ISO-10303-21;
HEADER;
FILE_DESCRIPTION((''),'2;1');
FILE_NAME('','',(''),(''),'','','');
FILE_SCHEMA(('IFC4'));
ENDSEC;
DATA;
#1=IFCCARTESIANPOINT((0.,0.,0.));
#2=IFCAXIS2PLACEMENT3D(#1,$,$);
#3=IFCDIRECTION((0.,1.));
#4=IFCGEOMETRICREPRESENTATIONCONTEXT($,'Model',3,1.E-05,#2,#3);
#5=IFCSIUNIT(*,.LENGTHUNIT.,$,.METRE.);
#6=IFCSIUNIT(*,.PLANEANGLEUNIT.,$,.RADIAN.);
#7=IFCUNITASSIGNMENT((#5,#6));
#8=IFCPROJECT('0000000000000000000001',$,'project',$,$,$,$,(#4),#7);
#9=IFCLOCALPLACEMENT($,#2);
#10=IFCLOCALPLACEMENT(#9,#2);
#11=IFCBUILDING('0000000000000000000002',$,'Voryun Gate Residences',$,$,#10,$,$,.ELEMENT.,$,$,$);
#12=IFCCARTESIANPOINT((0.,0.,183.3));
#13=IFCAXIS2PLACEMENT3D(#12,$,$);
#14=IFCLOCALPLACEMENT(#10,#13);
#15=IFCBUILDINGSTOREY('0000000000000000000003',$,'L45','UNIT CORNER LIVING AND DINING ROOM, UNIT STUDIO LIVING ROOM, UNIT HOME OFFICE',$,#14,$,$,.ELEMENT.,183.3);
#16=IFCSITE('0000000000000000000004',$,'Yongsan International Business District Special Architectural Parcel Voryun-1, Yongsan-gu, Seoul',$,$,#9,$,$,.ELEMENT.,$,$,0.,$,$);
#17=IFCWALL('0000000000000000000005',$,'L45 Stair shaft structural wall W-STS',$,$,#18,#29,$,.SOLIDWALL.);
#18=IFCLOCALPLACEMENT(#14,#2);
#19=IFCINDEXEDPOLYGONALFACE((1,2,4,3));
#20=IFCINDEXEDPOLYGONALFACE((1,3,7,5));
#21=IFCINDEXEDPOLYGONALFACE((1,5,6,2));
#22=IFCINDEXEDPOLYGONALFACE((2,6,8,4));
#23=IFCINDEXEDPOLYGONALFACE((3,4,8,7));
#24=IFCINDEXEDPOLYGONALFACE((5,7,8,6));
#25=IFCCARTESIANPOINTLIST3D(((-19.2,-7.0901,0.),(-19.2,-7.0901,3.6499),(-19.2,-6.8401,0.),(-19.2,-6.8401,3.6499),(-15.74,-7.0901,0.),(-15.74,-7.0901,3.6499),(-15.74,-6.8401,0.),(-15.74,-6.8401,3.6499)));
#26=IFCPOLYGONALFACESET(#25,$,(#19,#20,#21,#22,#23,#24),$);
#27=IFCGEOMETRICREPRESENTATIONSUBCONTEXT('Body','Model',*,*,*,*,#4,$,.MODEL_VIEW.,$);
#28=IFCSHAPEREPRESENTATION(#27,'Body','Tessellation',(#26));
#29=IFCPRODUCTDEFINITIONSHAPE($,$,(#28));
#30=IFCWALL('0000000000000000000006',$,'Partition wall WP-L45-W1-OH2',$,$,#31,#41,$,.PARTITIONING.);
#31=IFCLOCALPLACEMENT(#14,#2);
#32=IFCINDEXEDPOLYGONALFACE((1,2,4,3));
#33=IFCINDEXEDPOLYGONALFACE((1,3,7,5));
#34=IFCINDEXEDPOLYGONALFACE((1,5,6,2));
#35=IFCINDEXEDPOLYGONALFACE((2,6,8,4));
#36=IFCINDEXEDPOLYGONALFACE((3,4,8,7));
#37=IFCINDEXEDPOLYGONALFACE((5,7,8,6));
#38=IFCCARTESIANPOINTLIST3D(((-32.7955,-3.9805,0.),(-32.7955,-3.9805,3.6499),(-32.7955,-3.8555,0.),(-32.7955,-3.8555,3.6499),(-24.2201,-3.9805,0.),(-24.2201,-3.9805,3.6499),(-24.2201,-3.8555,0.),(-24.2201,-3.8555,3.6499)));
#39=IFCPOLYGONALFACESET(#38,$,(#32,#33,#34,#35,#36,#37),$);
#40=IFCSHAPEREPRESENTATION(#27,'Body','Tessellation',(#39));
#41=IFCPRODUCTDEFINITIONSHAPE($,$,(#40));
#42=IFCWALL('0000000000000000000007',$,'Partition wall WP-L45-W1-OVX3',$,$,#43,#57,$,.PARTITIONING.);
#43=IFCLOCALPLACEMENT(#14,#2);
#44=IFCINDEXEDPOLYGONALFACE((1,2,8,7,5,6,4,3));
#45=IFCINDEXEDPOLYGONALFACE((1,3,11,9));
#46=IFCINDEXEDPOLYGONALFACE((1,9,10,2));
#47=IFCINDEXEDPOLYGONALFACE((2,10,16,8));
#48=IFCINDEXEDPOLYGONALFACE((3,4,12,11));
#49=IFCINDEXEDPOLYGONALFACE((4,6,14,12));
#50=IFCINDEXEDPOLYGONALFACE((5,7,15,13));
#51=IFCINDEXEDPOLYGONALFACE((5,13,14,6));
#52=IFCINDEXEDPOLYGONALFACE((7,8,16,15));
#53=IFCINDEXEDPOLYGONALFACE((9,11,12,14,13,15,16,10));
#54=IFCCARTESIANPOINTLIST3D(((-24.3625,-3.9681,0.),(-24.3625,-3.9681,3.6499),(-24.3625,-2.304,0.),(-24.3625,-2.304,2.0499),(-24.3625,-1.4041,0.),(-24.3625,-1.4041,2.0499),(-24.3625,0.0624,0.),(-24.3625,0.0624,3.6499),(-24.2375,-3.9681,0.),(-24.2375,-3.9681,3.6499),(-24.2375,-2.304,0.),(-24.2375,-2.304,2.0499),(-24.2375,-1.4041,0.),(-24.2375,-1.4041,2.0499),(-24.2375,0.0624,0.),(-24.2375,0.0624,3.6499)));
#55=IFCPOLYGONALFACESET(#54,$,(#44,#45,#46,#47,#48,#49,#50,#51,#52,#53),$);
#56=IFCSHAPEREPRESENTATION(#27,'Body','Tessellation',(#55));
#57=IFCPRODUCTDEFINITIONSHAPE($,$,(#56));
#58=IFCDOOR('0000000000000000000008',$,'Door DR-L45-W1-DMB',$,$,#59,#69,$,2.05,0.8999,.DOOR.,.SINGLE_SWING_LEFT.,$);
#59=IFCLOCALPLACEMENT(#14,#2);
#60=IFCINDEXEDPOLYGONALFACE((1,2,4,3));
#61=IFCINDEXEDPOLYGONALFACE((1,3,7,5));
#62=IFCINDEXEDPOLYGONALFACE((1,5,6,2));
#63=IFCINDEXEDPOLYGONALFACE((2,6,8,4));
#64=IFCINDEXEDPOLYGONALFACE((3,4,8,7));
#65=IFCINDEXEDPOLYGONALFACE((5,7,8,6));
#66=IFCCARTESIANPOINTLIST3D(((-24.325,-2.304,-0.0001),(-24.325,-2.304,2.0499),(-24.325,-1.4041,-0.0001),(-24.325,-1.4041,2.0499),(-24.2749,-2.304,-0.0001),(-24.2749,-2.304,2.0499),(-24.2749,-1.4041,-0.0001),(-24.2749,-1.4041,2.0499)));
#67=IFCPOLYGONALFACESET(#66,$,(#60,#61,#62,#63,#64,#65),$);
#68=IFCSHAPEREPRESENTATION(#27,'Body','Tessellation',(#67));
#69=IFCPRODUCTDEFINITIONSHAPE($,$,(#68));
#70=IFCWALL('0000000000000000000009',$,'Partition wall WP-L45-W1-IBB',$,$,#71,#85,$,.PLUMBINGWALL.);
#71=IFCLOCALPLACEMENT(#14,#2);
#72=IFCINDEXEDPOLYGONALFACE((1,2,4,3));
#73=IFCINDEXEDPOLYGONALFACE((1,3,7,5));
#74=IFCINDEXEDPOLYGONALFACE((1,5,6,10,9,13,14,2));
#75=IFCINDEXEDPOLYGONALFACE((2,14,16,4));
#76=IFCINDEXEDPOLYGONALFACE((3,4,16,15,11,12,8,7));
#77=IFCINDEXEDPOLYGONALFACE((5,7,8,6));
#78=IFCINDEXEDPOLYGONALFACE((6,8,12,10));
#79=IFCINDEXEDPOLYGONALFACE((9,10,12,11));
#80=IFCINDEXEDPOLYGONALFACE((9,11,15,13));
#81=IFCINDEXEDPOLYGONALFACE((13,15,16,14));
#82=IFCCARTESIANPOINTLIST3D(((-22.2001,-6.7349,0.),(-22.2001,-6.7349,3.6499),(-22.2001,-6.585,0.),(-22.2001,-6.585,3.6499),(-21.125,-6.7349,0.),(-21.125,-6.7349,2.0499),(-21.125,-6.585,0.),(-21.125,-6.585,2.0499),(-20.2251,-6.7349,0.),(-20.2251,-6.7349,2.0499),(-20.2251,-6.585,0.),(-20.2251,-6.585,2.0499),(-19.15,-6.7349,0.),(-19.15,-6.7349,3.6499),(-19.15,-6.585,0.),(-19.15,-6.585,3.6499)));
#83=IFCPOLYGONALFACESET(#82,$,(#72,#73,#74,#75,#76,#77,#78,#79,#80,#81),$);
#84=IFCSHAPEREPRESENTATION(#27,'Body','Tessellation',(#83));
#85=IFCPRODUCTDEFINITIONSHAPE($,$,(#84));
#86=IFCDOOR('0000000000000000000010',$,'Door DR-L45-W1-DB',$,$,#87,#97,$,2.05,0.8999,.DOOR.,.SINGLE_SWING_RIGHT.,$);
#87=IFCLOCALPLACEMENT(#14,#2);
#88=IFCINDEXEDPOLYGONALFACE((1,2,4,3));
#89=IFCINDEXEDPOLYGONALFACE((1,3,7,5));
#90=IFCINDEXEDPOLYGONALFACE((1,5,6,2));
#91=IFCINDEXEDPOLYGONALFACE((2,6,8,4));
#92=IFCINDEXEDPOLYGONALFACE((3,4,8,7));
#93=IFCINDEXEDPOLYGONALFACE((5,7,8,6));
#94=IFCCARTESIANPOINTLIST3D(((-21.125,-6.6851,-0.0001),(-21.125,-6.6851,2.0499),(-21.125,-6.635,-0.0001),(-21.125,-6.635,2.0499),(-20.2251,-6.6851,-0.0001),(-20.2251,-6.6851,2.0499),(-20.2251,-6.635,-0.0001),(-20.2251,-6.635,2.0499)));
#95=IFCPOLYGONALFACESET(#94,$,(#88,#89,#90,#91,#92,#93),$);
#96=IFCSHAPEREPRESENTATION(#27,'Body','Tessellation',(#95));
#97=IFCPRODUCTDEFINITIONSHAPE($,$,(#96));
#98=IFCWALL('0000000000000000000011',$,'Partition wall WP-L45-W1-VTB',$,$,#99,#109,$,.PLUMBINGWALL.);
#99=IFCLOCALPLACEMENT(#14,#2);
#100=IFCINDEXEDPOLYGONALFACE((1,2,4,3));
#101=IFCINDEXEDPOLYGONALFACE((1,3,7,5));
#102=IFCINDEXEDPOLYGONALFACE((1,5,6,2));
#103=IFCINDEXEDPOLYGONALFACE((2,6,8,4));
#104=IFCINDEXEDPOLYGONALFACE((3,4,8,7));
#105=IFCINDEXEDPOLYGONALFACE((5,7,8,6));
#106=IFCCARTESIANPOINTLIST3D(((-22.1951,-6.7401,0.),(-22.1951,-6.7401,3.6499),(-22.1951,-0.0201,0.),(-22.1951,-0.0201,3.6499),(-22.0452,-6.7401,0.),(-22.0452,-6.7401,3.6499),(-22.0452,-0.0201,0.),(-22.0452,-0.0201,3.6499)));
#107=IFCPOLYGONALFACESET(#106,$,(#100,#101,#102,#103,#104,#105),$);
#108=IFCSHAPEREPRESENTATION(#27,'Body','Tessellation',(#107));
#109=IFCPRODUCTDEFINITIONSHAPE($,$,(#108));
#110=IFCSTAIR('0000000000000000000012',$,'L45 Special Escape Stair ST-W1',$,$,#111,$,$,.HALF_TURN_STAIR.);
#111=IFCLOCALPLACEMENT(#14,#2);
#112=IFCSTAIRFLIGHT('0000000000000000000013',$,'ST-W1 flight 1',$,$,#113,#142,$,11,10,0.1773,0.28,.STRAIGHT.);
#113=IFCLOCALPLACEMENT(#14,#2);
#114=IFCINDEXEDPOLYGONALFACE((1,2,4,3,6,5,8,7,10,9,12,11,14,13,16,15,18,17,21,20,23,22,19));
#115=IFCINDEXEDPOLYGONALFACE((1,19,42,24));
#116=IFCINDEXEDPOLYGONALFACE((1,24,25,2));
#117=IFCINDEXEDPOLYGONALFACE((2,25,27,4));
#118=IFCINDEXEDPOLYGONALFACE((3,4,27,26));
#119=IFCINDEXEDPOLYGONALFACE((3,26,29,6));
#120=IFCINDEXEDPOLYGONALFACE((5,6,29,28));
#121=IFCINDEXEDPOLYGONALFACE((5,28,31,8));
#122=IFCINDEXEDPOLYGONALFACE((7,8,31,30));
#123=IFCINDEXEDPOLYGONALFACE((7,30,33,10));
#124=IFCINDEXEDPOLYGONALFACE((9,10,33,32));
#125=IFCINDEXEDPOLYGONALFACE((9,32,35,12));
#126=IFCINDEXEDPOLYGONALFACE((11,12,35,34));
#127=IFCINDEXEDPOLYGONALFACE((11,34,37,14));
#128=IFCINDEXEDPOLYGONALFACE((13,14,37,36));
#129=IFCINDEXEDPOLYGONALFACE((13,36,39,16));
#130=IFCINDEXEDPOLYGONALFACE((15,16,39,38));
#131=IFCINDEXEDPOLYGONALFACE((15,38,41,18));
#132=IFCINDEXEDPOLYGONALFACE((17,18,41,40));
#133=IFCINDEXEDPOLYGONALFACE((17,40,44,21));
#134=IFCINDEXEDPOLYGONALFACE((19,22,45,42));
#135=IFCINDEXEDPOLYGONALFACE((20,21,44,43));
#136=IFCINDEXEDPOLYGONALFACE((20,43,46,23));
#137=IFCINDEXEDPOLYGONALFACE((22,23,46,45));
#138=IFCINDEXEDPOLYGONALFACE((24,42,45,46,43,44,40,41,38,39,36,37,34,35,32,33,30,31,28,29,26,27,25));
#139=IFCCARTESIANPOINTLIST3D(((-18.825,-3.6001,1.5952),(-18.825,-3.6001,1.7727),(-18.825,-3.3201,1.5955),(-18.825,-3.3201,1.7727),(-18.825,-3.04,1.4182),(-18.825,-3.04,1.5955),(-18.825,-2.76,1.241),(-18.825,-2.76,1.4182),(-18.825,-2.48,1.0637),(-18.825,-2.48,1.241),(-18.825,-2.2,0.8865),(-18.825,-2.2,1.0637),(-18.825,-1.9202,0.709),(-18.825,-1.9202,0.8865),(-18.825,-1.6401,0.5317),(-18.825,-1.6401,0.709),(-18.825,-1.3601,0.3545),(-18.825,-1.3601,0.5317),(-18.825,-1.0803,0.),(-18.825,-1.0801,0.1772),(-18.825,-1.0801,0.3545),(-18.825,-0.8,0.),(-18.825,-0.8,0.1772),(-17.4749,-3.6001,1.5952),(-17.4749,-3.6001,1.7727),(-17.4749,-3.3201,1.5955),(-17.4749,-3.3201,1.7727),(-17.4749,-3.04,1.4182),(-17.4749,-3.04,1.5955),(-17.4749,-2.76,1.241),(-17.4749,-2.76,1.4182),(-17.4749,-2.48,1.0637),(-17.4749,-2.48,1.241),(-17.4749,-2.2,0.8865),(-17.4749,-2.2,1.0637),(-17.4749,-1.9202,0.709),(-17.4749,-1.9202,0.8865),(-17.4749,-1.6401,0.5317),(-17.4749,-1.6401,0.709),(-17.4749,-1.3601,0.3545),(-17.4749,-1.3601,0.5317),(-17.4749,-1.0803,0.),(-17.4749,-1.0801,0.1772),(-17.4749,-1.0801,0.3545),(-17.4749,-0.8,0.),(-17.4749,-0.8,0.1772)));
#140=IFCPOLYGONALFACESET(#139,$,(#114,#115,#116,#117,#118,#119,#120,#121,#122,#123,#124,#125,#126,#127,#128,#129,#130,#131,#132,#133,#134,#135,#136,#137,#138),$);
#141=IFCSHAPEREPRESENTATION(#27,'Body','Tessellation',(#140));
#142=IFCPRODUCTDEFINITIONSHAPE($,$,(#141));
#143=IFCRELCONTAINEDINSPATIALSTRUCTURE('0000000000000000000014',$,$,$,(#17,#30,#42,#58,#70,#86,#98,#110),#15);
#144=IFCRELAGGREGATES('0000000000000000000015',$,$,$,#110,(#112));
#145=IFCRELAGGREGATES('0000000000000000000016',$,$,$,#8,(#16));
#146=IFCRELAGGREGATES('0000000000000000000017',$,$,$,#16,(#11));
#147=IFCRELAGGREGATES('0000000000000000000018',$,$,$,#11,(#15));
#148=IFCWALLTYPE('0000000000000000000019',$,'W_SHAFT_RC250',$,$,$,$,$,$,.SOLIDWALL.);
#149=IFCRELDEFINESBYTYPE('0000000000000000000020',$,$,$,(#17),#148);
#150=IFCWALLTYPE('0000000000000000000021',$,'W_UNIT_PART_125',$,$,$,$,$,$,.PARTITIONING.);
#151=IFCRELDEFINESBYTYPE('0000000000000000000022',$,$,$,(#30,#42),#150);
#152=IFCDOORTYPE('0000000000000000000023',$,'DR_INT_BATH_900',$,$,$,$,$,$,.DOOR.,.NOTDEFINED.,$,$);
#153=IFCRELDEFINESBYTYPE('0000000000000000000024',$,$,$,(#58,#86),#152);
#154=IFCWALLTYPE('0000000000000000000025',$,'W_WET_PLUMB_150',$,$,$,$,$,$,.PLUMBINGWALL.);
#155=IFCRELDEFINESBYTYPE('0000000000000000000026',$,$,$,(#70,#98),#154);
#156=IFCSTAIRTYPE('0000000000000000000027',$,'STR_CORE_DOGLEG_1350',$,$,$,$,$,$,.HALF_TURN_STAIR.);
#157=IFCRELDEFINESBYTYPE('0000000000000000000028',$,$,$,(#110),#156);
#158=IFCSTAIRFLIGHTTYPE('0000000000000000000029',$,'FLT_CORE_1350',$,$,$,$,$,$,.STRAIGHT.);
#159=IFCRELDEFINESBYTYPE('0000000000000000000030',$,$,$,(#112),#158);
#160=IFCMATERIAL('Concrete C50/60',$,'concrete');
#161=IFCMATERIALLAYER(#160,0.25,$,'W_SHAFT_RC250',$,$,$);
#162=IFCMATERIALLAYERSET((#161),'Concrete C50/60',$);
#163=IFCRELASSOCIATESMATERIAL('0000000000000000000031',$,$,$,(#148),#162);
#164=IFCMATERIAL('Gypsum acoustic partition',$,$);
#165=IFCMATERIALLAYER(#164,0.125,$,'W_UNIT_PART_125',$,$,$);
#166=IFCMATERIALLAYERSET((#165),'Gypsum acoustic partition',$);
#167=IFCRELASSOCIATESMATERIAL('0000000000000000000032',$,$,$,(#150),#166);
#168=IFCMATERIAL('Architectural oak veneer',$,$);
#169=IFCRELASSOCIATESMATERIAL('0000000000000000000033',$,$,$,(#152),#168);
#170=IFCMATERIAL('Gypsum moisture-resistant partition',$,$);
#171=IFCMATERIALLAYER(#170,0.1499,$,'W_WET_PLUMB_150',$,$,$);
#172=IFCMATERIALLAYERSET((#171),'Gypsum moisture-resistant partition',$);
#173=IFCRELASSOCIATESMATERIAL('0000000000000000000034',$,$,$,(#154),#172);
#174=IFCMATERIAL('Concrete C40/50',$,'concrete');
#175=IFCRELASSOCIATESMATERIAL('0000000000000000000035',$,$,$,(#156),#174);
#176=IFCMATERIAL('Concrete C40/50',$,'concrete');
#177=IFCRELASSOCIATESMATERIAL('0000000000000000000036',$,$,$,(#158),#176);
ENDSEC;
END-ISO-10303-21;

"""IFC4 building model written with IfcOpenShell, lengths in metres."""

from ifc_helpers import new_model, si_unit, direction, frame, frame_2d, origin, place, context, subcontext, project, spatial, polyline, rectangle, outline, extrude, material, layer, layer_set, type_object, element, fill, aggregate, save


model = new_model("IFC4")

# Units and contexts
model_context = context("Model", 3, precision=1e-05, world=origin(), true_north=direction((0.0, 1.0)))
body_context = subcontext(model_context, "Body", "Model", "MODEL_VIEW")
ifc_project = project(units=[si_unit("LENGTHUNIT", "METRE"), si_unit("PLANEANGLEUNIT", "RADIAN")], contexts=[model_context])

# Site, building, storey
site_placement = place(None, origin())
site = spatial("IfcSite", under=ifc_project, at=site_placement, Name="Yongsan International Business District Special Architectural Parcel Voryun-1, Yongsan-gu, Seoul", CompositionType="ELEMENT", RefElevation=0.0)
building_placement = place(site_placement, origin())
building = spatial("IfcBuilding", under=site, at=building_placement, Name="Voryun Gate Residences", CompositionType="ELEMENT")
storey_placement = place(building_placement, frame((0.0, 0.0, 183.3)))
storey = spatial("IfcBuildingStorey", under=building, at=storey_placement, Name="L45", Description="UNIT CORNER LIVING AND DINING ROOM, UNIT STUDIO LIVING ROOM, UNIT HOME OFFICE", CompositionType="ELEMENT", Elevation=183.3)

# Walls
ifc_material_1 = material(Name="Concrete C50/60", Category="concrete")
ifc_layer_1 = layer(ifc_material_1, 0.25, Name="W_SHAFT_RC250")
ifc_layer_set_1 = layer_set([ifc_layer_1], Name="Concrete C50/60")
wall_type_1 = type_object("IfcWallType", Name="W_SHAFT_RC250", PredefinedType="SOLIDWALL", material=ifc_layer_set_1)
wall_1_placement = place(storey_placement, frame((-19.2, -6.9651, 0.0), z_axis=(0.0, 0.0, 1.0), x_axis=(1.0, 0.0, 0.0)))
element("IfcWall", 1, at=wall_1_placement, inside=storey, type_object=wall_type_1, Name="L45 Stair shaft structural wall W-STS", PredefinedType="SOLIDWALL", context=body_context, shape_type="SweptSolid", body=[
    extrude(rectangle(XDim=3.46, YDim=0.25, at=frame_2d((1.73, 0.0))), origin(), (0.0, 0.0, 1.0), 3.6499),
])
ifc_material_2 = material(Name="Gypsum acoustic partition")
ifc_layer_2 = layer(ifc_material_2, 0.125, Name="W_UNIT_PART_125")
ifc_layer_set_2 = layer_set([ifc_layer_2], Name="Gypsum acoustic partition")
wall_type_2 = type_object("IfcWallType", Name="W_UNIT_PART_125", PredefinedType="PARTITIONING", material=ifc_layer_set_2)
wall_2_placement = place(storey_placement, frame((-32.7954, -3.918, 0.0), z_axis=(0.0, 0.0, 1.0), x_axis=(1.0, 0.0, 0.0)))
element("IfcWall", 2, at=wall_2_placement, inside=storey, type_object=wall_type_2, Name="Partition wall WP-L45-W1-OH2", PredefinedType="PARTITIONING", context=body_context, shape_type="SweptSolid", body=[
    extrude(rectangle(XDim=8.5754, YDim=0.125, at=frame_2d((4.2876, 0.0))), origin(), (0.0, 0.0, 1.0), 3.6499),
])

# Walls, openings, doors
wall_3_placement = place(storey_placement, frame((-24.3, -3.968, 0.0), z_axis=(0.0, 0.0, 1.0), x_axis=(0.0, 1.0, 0.0)))
wall_3 = element("IfcWall", 3, at=wall_3_placement, inside=storey, type_object=wall_type_2, Name="Partition wall WP-L45-W1-OVX3", PredefinedType="PARTITIONING", context=body_context, shape_type="SweptSolid", body=[
    extrude(rectangle(XDim=4.0305, YDim=0.125, at=frame_2d((2.0151, 0.0))), origin(), (0.0, 0.0, 1.0), 3.6499),
])
opening_1_placement = place(wall_3_placement, frame((1.6641, 0.0, 0.0)))
opening_1 = element("IfcOpeningElement", 4, at=opening_1_placement, cuts=wall_3, PredefinedType="OPENING", context=body_context, shape_type="SweptSolid", body=[
    extrude(rectangle(XDim=0.8999, YDim=2.05, at=frame_2d((0.45, 1.0249))), frame((0.0, 0.0725, 0.0), z_axis=(0.0, -1.0, 0.0), x_axis=(1.0, 0.0, 0.0)), (0.0, 0.0, 1.0), 0.145),
])
ifc_material_3 = material(Name="Architectural oak veneer")
door_type = type_object("IfcDoorType", Name="DR_INT_BATH_900", OperationType="NOTDEFINED", PredefinedType="DOOR", material=ifc_material_3)
door_1_placement = place(opening_1_placement, origin())
door_1 = element("IfcDoor", 5, at=door_1_placement, inside=storey, type_object=door_type, Name="Door DR-L45-W1-DMB", OperationType="SINGLE_SWING_LEFT", OverallHeight=2.05, OverallWidth=0.8999, PredefinedType="DOOR", context=body_context, shape_type="SweptSolid", body=[
    extrude(rectangle(XDim=0.8999, YDim=2.05, at=frame_2d((0.45, 1.0249))), frame((0.0, 0.0249, 0.0), z_axis=(0.0, -1.0, 0.0), x_axis=(1.0, 0.0, 0.0)), (0.0, 0.0, 1.0), 0.05),
])
fill(opening_1, door_1)
ifc_material_4 = material(Name="Gypsum moisture-resistant partition")
ifc_layer_3 = layer(ifc_material_4, 0.1499, Name="W_WET_PLUMB_150")
ifc_layer_set_3 = layer_set([ifc_layer_3], Name="Gypsum moisture-resistant partition")
wall_type_3 = type_object("IfcWallType", Name="W_WET_PLUMB_150", PredefinedType="PLUMBINGWALL", material=ifc_layer_set_3)
wall_4_placement = place(storey_placement, frame((-22.2, -6.6599, 0.0), z_axis=(0.0, 0.0, 1.0), x_axis=(1.0, 0.0, 0.0)))
wall_4 = element("IfcWall", 6, at=wall_4_placement, inside=storey, type_object=wall_type_3, Name="Partition wall WP-L45-W1-IBB", PredefinedType="PLUMBINGWALL", context=body_context, shape_type="SweptSolid", body=[
    extrude(rectangle(XDim=3.05, YDim=0.1499, at=frame_2d((1.5249, 0.0))), origin(), (0.0, 0.0, 1.0), 3.6499),
])
opening_2_placement = place(wall_4_placement, frame((1.075, 0.0, 0.0)))
opening_2 = element("IfcOpeningElement", 7, at=opening_2_placement, cuts=wall_4, PredefinedType="OPENING", context=body_context, shape_type="SweptSolid", body=[
    extrude(rectangle(XDim=0.8999, YDim=2.05, at=frame_2d((0.45, 1.0249))), frame((0.0, 0.085, 0.0), z_axis=(0.0, -1.0, 0.0), x_axis=(1.0, 0.0, 0.0)), (0.0, 0.0, 1.0), 0.1699),
])
door_2_placement = place(opening_2_placement, origin())
door_2 = element("IfcDoor", 8, at=door_2_placement, inside=storey, type_object=door_type, Name="Door DR-L45-W1-DB", OperationType="SINGLE_SWING_RIGHT", OverallHeight=2.05, OverallWidth=0.8999, PredefinedType="DOOR", context=body_context, shape_type="SweptSolid", body=[
    extrude(rectangle(XDim=0.8999, YDim=2.05, at=frame_2d((0.45, 1.0249))), frame((0.0, 0.0249, 0.0), z_axis=(0.0, -1.0, 0.0), x_axis=(1.0, 0.0, 0.0)), (0.0, 0.0, 1.0), 0.05),
])
fill(opening_2, door_2)

# Wall
wall_5_placement = place(storey_placement, frame((-22.1201, -6.74, 0.0), z_axis=(0.0, 0.0, 1.0), x_axis=(0.0, 1.0, 0.0)))
element("IfcWall", 9, at=wall_5_placement, inside=storey, type_object=wall_type_3, Name="Partition wall WP-L45-W1-VTB", PredefinedType="PLUMBINGWALL", context=body_context, shape_type="SweptSolid", body=[
    extrude(rectangle(XDim=6.72, YDim=0.1499, at=frame_2d((3.3599, 0.0))), origin(), (0.0, 0.0, 1.0), 3.6499),
])

# Stair, stair flight
ifc_material_5 = material(Name="Concrete C40/50", Category="concrete")
stair_type = type_object("IfcStairType", Name="STR_CORE_DOGLEG_1350", PredefinedType="HALF_TURN_STAIR", material=ifc_material_5)
stair_placement = place(storey_placement, origin())
stair = element("IfcStair", 10, at=stair_placement, inside=storey, type_object=stair_type, Name="L45 Special Escape Stair ST-W1", PredefinedType="HALF_TURN_STAIR")
ifc_material_6 = material(Name="Concrete C40/50", Category="concrete")
stair_flight_type = type_object("IfcStairFlightType", Name="FLT_CORE_1350", PredefinedType="STRAIGHT", material=ifc_material_6)
stair_flight_placement = place(storey_placement, frame((-18.1499, -0.8, 0.0), z_axis=(0.0, 0.0, 1.0), x_axis=(0.0, -1.0, 0.0)))
stair_flight = element("IfcStairFlight", 11, at=stair_flight_placement, type_object=stair_flight_type, Name="ST-W1 flight 1", NumberOfRisers=11, NumberOfTreads=10, PredefinedType="STRAIGHT", RiserHeight=0.1773, TreadLength=0.28, context=body_context, shape_type="SweptSolid", body=[
    extrude(outline(polyline([(0.0, 0.0), (0.0, 0.1772), (0.28, 0.1772), (0.28, 0.3545), (0.5601, 0.3545), (0.5601, 0.5317), (0.8401, 0.5317), (0.8401, 0.709), (1.1201, 0.709), (1.1201, 0.8865), (1.3999, 0.8865), (1.3999, 1.0637), (1.6799, 1.0637), (1.6799, 1.241), (1.96, 1.241), (1.96, 1.4182), (2.24, 1.4182), (2.24, 1.5955), (2.52, 1.5955), (2.52, 1.7727), (2.8, 1.7727), (2.8, 1.95), (2.8, 1.5952), (0.2803, 0.0), (0.0, 0.0)])), frame((0.0, 0.675, 0.0), z_axis=(0.0, -1.0, 0.0), x_axis=(1.0, 0.0, 0.0)), (0.0, 0.0, 1.0), 1.3501),
])
aggregate(stair, [stair_flight])

save(model, "model.ifc")
